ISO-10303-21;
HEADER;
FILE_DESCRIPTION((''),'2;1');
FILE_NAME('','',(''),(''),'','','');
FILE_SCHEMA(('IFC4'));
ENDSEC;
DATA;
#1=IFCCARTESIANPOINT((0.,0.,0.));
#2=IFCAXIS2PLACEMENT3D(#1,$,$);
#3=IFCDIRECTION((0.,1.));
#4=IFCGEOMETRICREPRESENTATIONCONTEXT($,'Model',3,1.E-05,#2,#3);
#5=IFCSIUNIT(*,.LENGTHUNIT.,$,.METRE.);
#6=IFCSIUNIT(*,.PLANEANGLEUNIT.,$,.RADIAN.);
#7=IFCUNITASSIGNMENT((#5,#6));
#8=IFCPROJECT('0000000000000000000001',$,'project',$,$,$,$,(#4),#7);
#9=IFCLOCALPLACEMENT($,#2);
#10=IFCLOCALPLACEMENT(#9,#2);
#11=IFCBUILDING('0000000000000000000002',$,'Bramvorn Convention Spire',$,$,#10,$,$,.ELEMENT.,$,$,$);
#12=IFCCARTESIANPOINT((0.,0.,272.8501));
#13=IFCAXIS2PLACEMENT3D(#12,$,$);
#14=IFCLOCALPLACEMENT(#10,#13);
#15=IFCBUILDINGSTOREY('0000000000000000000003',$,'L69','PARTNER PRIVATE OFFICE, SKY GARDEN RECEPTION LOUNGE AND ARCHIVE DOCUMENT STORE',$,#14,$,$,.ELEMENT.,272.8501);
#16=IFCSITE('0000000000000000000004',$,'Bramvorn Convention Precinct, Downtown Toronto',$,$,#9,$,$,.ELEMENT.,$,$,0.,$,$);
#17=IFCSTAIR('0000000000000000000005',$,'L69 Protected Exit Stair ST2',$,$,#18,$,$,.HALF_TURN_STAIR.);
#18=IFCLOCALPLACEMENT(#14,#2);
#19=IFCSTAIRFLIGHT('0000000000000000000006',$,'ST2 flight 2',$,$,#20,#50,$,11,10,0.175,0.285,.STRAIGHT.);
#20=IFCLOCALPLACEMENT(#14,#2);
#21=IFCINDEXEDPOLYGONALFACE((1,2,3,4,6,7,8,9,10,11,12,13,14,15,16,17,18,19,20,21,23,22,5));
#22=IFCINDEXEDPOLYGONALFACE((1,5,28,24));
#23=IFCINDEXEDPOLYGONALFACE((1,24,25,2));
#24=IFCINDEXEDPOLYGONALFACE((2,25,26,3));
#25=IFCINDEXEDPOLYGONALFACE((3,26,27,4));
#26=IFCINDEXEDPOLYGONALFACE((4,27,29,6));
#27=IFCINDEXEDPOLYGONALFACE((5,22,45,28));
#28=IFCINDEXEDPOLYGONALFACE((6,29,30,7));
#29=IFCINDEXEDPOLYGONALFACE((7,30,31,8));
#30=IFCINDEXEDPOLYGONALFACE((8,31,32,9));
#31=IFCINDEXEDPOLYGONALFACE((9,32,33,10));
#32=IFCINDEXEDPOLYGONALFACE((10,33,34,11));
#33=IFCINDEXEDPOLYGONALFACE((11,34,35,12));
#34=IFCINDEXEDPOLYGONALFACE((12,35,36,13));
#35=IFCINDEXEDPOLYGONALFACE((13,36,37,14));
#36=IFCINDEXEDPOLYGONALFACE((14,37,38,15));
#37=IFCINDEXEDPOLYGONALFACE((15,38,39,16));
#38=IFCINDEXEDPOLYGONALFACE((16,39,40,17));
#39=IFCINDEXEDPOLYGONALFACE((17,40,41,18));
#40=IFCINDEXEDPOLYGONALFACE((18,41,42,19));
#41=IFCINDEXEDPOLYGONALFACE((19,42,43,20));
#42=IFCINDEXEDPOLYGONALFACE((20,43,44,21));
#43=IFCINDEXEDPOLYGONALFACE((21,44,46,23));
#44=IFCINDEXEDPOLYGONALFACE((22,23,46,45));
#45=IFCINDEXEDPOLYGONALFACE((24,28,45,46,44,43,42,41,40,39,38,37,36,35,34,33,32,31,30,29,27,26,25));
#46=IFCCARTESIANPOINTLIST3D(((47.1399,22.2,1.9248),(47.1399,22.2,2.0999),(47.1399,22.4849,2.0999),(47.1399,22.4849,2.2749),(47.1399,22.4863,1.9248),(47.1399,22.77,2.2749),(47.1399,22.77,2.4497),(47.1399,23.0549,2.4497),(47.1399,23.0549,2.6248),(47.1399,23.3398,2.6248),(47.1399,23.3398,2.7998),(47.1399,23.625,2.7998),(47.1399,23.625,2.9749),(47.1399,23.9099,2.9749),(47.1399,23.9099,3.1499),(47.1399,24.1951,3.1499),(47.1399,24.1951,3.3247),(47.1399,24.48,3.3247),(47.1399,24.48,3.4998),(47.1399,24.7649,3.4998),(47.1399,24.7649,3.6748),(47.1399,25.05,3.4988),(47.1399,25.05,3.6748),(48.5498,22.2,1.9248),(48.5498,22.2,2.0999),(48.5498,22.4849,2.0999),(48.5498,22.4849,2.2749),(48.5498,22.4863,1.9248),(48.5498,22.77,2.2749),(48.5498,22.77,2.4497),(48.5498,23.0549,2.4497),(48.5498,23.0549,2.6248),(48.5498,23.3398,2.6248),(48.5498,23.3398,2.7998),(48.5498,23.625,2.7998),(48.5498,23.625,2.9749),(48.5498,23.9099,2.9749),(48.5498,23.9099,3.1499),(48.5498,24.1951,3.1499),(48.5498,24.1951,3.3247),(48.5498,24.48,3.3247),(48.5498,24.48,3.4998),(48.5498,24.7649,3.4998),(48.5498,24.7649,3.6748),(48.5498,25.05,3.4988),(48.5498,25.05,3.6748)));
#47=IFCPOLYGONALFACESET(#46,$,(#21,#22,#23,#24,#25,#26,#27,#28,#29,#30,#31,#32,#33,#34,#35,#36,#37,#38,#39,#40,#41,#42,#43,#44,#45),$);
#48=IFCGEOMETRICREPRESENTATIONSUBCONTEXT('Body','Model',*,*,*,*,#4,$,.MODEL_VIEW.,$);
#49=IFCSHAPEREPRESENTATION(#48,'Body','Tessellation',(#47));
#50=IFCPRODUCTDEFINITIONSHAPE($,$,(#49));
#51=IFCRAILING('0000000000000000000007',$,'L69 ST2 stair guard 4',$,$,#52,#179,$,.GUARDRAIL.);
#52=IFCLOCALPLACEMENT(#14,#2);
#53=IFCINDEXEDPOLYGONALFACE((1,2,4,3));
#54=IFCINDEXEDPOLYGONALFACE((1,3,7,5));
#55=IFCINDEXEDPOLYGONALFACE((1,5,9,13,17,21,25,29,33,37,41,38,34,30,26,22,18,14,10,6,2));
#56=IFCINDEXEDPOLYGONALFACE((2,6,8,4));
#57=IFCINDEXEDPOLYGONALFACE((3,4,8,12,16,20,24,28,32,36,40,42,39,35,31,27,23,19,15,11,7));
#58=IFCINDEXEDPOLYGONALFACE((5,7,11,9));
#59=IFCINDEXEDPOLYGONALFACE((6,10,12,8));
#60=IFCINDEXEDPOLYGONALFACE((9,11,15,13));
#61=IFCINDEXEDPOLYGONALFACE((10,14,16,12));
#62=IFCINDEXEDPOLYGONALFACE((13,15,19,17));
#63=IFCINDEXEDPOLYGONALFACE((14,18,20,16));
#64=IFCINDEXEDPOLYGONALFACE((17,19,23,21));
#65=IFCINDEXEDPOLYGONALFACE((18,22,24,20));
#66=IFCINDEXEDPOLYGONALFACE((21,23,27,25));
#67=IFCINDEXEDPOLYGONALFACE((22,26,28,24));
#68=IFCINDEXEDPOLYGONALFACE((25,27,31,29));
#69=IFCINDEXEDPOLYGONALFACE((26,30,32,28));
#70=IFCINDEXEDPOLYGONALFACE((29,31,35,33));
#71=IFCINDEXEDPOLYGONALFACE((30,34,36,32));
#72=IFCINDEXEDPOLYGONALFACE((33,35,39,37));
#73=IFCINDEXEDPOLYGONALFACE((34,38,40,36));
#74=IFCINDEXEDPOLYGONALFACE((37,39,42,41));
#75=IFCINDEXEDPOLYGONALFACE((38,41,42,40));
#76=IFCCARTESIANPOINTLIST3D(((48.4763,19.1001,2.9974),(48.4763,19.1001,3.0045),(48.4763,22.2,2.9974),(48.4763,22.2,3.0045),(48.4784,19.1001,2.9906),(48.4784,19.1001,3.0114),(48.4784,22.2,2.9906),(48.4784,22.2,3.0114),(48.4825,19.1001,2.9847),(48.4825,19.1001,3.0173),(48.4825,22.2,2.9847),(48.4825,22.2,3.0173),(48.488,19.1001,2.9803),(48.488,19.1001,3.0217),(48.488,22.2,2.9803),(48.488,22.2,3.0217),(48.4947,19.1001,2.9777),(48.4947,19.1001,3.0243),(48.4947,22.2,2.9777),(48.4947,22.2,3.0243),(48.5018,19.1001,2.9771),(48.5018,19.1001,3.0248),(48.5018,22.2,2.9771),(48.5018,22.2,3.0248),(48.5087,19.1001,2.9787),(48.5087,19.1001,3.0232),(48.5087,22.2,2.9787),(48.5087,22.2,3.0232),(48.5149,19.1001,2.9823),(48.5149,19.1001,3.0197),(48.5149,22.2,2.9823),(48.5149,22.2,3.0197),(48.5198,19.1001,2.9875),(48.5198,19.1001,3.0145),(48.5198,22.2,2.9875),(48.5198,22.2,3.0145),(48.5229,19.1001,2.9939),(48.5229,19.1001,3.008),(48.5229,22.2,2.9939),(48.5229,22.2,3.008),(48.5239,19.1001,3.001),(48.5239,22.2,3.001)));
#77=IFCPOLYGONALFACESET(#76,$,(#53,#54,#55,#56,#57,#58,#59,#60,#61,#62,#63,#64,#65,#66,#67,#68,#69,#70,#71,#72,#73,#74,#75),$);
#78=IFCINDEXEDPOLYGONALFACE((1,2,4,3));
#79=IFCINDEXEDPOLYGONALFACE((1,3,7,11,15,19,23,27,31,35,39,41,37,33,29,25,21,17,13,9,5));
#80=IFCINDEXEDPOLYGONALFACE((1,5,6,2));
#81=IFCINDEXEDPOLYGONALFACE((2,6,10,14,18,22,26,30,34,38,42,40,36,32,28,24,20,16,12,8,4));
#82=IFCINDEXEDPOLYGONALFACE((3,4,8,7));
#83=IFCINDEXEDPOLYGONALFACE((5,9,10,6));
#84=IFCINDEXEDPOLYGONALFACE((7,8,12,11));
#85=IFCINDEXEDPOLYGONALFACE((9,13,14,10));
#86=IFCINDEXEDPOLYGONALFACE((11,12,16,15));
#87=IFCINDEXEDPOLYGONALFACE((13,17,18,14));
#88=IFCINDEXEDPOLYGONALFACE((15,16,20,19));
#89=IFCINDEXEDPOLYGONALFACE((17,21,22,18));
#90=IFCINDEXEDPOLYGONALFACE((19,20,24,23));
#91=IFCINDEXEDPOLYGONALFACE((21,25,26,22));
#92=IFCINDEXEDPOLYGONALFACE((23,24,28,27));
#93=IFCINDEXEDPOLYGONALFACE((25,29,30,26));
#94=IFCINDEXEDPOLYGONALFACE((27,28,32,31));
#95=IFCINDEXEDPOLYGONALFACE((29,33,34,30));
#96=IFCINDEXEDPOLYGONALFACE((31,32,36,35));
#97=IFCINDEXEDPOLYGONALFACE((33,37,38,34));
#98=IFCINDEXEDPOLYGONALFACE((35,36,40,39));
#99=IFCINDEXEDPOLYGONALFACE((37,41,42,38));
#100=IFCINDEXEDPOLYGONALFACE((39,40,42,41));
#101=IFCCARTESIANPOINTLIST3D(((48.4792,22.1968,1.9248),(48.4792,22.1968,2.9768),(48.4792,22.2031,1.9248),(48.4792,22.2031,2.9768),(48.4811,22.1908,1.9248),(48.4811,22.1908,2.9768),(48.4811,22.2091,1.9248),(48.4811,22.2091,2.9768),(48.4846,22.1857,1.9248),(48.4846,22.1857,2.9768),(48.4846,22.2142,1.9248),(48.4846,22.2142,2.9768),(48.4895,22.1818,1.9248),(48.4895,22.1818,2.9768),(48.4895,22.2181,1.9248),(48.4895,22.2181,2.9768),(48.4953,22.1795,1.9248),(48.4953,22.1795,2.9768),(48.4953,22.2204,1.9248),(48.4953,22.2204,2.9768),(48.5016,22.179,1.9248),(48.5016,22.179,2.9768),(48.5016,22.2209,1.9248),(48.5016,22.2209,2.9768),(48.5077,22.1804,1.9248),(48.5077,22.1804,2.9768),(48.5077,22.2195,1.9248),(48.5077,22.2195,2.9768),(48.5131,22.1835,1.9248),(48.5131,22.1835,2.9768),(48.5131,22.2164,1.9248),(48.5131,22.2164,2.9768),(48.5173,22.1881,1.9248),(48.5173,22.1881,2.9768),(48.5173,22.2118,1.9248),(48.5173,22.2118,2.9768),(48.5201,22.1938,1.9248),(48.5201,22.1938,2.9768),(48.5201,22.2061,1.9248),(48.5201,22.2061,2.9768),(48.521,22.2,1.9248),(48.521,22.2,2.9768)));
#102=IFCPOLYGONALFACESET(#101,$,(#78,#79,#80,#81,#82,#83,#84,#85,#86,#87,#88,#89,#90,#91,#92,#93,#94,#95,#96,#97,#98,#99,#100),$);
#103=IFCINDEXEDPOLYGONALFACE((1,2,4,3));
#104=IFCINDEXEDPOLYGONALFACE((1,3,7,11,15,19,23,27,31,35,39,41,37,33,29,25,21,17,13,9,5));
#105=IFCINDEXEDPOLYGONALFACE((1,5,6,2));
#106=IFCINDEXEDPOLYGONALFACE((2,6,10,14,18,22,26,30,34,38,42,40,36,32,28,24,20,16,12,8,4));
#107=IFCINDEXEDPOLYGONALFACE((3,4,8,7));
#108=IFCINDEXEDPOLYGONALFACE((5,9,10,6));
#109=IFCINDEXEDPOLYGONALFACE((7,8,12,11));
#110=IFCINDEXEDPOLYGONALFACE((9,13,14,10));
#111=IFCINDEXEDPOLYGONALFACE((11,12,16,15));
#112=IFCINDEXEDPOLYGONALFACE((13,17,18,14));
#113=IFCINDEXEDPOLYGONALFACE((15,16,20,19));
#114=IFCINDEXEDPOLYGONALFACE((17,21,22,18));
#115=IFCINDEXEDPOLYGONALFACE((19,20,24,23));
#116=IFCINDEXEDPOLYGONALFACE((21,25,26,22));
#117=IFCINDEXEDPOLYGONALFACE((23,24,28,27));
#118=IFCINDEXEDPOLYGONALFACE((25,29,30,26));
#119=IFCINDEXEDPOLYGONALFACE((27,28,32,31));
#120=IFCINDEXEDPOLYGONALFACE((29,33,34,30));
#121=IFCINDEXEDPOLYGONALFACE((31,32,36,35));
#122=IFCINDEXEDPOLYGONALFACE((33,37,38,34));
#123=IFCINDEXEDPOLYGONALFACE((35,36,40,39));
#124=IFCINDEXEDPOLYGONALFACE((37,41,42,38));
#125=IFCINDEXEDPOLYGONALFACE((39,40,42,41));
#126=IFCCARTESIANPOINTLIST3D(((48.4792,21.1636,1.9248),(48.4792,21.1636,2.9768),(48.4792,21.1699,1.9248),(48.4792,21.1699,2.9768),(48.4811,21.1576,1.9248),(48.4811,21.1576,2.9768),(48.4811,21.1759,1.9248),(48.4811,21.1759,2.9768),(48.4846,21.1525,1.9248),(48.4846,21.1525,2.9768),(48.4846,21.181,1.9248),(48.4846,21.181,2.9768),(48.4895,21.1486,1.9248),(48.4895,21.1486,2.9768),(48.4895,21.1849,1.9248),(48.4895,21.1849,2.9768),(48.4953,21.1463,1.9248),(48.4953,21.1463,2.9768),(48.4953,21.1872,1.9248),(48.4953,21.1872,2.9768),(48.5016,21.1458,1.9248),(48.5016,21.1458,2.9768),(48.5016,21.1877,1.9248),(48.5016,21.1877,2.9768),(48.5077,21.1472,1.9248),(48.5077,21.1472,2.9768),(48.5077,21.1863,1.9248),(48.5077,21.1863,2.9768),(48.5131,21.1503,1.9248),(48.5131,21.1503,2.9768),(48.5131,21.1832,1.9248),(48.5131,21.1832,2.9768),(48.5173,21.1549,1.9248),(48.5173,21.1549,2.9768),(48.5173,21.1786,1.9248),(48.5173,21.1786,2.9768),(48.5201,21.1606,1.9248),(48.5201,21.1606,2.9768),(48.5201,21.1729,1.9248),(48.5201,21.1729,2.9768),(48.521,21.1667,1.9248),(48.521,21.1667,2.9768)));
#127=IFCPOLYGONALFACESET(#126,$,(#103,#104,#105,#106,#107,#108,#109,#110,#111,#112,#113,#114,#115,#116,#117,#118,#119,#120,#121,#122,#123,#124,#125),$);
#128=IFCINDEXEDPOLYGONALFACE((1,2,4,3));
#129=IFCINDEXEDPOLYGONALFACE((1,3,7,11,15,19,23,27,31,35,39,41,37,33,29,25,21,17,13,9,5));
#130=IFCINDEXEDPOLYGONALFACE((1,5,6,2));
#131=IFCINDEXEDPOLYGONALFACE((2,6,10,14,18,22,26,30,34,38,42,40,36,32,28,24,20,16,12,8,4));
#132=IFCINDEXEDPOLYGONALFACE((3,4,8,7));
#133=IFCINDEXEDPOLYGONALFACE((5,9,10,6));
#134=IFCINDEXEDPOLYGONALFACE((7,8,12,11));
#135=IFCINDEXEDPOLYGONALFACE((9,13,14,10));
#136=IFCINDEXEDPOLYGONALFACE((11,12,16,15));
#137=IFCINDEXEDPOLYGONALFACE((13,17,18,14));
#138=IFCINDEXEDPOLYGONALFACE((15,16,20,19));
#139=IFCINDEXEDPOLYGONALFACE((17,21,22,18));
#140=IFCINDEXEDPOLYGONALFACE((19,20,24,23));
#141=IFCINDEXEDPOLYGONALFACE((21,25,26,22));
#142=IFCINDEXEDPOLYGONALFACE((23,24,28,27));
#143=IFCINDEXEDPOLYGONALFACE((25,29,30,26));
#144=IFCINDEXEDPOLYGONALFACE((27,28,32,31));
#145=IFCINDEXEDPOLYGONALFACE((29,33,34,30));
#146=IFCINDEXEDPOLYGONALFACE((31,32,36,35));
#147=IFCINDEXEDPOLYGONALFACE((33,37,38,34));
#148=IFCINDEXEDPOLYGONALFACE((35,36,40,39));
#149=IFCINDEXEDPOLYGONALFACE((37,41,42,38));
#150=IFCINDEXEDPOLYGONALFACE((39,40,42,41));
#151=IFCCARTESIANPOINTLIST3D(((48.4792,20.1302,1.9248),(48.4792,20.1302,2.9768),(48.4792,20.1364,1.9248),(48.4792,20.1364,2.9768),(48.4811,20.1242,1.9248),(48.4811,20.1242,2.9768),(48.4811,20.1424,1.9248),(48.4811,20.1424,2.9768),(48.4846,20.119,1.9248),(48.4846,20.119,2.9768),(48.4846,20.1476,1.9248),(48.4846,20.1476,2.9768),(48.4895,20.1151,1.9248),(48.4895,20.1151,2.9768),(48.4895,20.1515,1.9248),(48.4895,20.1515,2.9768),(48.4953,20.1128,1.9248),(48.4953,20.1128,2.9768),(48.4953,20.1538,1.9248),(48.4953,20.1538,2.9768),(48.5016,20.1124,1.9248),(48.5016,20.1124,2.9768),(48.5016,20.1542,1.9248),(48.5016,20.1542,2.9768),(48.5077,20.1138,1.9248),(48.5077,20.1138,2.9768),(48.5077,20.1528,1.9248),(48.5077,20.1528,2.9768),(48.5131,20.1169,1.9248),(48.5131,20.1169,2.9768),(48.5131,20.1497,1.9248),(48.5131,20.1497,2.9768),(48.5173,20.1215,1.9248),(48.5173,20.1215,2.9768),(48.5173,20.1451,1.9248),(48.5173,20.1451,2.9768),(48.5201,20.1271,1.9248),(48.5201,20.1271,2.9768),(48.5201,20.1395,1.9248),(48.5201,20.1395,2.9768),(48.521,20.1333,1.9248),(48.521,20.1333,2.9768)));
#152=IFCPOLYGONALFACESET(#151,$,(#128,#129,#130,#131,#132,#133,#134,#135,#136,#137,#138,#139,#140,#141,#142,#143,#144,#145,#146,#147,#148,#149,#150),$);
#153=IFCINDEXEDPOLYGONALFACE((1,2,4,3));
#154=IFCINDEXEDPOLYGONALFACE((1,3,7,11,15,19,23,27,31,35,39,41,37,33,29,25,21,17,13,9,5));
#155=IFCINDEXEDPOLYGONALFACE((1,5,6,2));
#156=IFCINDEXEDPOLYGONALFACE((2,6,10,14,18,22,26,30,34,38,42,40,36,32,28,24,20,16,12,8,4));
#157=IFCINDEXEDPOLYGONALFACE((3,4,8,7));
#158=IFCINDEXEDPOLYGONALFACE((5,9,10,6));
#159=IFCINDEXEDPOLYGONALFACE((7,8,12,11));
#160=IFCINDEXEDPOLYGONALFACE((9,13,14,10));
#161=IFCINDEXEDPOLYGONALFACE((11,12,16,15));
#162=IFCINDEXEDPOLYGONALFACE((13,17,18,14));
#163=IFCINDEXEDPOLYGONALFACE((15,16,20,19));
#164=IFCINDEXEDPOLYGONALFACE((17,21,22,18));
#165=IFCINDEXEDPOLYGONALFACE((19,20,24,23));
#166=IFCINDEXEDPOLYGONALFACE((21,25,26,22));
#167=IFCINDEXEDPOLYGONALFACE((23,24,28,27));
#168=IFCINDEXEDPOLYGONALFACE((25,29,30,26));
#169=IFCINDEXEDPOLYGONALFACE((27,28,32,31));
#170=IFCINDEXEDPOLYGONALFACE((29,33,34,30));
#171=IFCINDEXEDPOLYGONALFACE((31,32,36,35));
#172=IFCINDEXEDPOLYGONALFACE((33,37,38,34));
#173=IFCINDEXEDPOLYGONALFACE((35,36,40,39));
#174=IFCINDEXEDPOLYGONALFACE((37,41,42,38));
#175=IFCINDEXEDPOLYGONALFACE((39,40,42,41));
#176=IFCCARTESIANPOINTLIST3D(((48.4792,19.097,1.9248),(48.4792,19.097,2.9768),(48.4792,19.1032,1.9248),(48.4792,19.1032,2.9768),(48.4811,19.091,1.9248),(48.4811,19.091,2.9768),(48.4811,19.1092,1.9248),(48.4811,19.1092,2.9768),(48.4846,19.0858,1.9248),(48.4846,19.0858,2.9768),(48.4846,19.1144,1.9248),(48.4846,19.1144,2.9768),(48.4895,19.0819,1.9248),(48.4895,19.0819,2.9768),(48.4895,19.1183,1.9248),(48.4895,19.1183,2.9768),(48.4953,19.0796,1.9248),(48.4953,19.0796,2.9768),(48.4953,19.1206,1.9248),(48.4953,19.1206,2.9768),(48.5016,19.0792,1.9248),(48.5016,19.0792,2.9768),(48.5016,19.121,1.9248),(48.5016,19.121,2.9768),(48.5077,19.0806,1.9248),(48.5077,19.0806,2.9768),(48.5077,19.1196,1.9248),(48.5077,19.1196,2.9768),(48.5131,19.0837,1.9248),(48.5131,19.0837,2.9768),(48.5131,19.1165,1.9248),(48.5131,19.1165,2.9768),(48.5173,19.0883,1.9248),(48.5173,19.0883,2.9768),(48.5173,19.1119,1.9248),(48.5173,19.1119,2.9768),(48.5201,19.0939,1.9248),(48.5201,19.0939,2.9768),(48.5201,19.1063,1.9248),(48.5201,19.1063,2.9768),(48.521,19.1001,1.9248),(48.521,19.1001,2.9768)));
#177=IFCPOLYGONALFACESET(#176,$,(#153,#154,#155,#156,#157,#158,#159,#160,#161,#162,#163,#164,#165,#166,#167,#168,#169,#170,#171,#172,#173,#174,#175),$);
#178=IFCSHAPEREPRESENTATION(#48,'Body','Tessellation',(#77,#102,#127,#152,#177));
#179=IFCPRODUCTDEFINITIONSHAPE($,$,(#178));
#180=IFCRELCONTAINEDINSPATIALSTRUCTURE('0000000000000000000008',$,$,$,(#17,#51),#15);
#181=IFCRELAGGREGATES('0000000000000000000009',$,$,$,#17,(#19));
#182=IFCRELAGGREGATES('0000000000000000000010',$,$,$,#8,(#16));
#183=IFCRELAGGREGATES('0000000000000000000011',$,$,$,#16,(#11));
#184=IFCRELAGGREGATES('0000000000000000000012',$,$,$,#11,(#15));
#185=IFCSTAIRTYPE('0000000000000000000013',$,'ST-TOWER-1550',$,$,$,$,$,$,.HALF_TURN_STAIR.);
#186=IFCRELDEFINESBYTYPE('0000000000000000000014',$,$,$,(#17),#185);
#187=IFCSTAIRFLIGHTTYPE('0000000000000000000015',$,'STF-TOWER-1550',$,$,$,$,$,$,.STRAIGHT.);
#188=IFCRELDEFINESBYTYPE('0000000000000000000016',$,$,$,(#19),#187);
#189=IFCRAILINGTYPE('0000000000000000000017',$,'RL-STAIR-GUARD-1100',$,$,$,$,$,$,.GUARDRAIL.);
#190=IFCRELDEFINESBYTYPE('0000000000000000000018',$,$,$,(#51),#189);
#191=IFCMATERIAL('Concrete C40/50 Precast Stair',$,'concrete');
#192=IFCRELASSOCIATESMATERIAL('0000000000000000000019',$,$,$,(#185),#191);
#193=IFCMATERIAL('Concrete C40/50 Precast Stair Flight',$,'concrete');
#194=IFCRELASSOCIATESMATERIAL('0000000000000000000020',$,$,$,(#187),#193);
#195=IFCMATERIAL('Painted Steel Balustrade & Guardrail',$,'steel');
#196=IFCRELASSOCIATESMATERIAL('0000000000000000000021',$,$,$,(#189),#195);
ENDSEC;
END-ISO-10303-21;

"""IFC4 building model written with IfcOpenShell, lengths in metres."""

from ifc_helpers import new_model, si_unit, direction, frame, origin, origin_2d, place, context, subcontext, project, spatial, polyline, circle, outline, extrude, material, type_object, element, aggregate, save


model = new_model("IFC4")

# Units and contexts
model_context = context("Model", 3, precision=1e-05, world=origin(), true_north=direction((0.0, 1.0)))
body_context = subcontext(model_context, "Body", "Model", "MODEL_VIEW")
ifc_project = project(units=[si_unit("LENGTHUNIT", "METRE"), si_unit("PLANEANGLEUNIT", "RADIAN")], contexts=[model_context])

# Site, building, storey
site_placement = place(None, origin())
site = spatial("IfcSite", under=ifc_project, at=site_placement, Name="Bramvorn Convention Precinct, Downtown Toronto", CompositionType="ELEMENT", RefElevation=0.0)
building_placement = place(site_placement, origin())
building = spatial("IfcBuilding", under=site, at=building_placement, Name="Bramvorn Convention Spire", CompositionType="ELEMENT")
storey_placement = place(building_placement, frame((0.0, 0.0, 272.8501)))
storey = spatial("IfcBuildingStorey", under=building, at=storey_placement, Name="L69", Description="PARTNER PRIVATE OFFICE, SKY GARDEN RECEPTION LOUNGE AND ARCHIVE DOCUMENT STORE", CompositionType="ELEMENT", Elevation=272.8501)

# Stair, stair flight
ifc_material_1 = material(Name="Concrete C40/50 Precast Stair", Category="concrete")
stair_type = type_object("IfcStairType", Name="ST-TOWER-1550", PredefinedType="HALF_TURN_STAIR", material=ifc_material_1)
stair_placement = place(storey_placement, origin())
stair = element("IfcStair", 1, at=stair_placement, inside=storey, type_object=stair_type, Name="L69 Protected Exit Stair ST2", PredefinedType="HALF_TURN_STAIR")
ifc_material_2 = material(Name="Concrete C40/50 Precast Stair Flight", Category="concrete")
stair_flight_type = type_object("IfcStairFlightType", Name="STF-TOWER-1550", PredefinedType="STRAIGHT", material=ifc_material_2)
stair_flight_placement = place(storey_placement, frame((47.845, 22.2, 1.9248), z_axis=(0.0, 0.0, 1.0), x_axis=(0.0, 1.0, 0.0)))
stair_flight = element("IfcStairFlight", 2, at=stair_flight_placement, type_object=stair_flight_type, Name="ST2 flight 2", NumberOfRisers=11, NumberOfTreads=10, PredefinedType="STRAIGHT", RiserHeight=0.175, TreadLength=0.285, context=body_context, shape_type="SweptSolid", body=[
    extrude(outline(polyline([(0.0, 0.0), (0.0, 0.175), (0.2849, 0.175), (0.2849, 0.3501), (0.5701, 0.3501), (0.5701, 0.5249), (0.855, 0.5249), (0.855, 0.7), (1.1399, 0.7), (1.1399, 0.875), (1.425, 0.875), (1.425, 1.05), (1.71, 1.05), (1.71, 1.2251), (1.9951, 1.2251), (1.9951, 1.3999), (2.28, 1.3999), (2.28, 1.575), (2.5649, 1.575), (2.5649, 1.75), (2.8501, 1.75), (2.8501, 1.925), (2.8501, 1.574), (0.2864, 0.0), (0.0, 0.0)])), frame((0.0, 0.7051, 0.0), z_axis=(0.0, -1.0, 0.0), x_axis=(1.0, 0.0, 0.0)), (0.0, 0.0, 1.0), 1.4099),
])
aggregate(stair, [stair_flight])

# Railing
ifc_material_3 = material(Name="Painted Steel Balustrade & Guardrail", Category="steel")
railing_type_1 = type_object("IfcRailingType", Name="RL-STAIR-GUARD-1100", PredefinedType="GUARDRAIL", material=ifc_material_3)
railing_1_placement = place(storey_placement, frame((48.5, 22.2, 1.9248)))
element("IfcRailing", 3, at=railing_1_placement, inside=storey, type_object=railing_type_1, Name="L69 ST2 stair guard 4", PredefinedType="GUARDRAIL", context=body_context, shape_type="SweptSolid", body=[
    extrude(circle(Radius=0.0239, at=origin_2d()), frame((0.0, 0.0, 1.0762), z_axis=(0.0, -1.0, 0.0), x_axis=(1.0, 0.0, 0.0)), (0.0, 0.0, 1.0), 3.0999),
    extrude(circle(Radius=0.021, at=origin_2d()), origin(), (0.0, 0.0, 1.0), 1.052),
    extrude(circle(Radius=0.021, at=origin_2d()), frame((0.0, -1.0332, 0.0)), (0.0, 0.0, 1.0), 1.052),
    extrude(circle(Radius=0.021, at=origin_2d()), frame((0.0, -2.0667, 0.0)), (0.0, 0.0, 1.0), 1.052),
    extrude(circle(Radius=0.021, at=origin_2d()), frame((0.0, -3.0999, 0.0)), (0.0, 0.0, 1.0), 1.052),
])

save(model, "model.ifc")
